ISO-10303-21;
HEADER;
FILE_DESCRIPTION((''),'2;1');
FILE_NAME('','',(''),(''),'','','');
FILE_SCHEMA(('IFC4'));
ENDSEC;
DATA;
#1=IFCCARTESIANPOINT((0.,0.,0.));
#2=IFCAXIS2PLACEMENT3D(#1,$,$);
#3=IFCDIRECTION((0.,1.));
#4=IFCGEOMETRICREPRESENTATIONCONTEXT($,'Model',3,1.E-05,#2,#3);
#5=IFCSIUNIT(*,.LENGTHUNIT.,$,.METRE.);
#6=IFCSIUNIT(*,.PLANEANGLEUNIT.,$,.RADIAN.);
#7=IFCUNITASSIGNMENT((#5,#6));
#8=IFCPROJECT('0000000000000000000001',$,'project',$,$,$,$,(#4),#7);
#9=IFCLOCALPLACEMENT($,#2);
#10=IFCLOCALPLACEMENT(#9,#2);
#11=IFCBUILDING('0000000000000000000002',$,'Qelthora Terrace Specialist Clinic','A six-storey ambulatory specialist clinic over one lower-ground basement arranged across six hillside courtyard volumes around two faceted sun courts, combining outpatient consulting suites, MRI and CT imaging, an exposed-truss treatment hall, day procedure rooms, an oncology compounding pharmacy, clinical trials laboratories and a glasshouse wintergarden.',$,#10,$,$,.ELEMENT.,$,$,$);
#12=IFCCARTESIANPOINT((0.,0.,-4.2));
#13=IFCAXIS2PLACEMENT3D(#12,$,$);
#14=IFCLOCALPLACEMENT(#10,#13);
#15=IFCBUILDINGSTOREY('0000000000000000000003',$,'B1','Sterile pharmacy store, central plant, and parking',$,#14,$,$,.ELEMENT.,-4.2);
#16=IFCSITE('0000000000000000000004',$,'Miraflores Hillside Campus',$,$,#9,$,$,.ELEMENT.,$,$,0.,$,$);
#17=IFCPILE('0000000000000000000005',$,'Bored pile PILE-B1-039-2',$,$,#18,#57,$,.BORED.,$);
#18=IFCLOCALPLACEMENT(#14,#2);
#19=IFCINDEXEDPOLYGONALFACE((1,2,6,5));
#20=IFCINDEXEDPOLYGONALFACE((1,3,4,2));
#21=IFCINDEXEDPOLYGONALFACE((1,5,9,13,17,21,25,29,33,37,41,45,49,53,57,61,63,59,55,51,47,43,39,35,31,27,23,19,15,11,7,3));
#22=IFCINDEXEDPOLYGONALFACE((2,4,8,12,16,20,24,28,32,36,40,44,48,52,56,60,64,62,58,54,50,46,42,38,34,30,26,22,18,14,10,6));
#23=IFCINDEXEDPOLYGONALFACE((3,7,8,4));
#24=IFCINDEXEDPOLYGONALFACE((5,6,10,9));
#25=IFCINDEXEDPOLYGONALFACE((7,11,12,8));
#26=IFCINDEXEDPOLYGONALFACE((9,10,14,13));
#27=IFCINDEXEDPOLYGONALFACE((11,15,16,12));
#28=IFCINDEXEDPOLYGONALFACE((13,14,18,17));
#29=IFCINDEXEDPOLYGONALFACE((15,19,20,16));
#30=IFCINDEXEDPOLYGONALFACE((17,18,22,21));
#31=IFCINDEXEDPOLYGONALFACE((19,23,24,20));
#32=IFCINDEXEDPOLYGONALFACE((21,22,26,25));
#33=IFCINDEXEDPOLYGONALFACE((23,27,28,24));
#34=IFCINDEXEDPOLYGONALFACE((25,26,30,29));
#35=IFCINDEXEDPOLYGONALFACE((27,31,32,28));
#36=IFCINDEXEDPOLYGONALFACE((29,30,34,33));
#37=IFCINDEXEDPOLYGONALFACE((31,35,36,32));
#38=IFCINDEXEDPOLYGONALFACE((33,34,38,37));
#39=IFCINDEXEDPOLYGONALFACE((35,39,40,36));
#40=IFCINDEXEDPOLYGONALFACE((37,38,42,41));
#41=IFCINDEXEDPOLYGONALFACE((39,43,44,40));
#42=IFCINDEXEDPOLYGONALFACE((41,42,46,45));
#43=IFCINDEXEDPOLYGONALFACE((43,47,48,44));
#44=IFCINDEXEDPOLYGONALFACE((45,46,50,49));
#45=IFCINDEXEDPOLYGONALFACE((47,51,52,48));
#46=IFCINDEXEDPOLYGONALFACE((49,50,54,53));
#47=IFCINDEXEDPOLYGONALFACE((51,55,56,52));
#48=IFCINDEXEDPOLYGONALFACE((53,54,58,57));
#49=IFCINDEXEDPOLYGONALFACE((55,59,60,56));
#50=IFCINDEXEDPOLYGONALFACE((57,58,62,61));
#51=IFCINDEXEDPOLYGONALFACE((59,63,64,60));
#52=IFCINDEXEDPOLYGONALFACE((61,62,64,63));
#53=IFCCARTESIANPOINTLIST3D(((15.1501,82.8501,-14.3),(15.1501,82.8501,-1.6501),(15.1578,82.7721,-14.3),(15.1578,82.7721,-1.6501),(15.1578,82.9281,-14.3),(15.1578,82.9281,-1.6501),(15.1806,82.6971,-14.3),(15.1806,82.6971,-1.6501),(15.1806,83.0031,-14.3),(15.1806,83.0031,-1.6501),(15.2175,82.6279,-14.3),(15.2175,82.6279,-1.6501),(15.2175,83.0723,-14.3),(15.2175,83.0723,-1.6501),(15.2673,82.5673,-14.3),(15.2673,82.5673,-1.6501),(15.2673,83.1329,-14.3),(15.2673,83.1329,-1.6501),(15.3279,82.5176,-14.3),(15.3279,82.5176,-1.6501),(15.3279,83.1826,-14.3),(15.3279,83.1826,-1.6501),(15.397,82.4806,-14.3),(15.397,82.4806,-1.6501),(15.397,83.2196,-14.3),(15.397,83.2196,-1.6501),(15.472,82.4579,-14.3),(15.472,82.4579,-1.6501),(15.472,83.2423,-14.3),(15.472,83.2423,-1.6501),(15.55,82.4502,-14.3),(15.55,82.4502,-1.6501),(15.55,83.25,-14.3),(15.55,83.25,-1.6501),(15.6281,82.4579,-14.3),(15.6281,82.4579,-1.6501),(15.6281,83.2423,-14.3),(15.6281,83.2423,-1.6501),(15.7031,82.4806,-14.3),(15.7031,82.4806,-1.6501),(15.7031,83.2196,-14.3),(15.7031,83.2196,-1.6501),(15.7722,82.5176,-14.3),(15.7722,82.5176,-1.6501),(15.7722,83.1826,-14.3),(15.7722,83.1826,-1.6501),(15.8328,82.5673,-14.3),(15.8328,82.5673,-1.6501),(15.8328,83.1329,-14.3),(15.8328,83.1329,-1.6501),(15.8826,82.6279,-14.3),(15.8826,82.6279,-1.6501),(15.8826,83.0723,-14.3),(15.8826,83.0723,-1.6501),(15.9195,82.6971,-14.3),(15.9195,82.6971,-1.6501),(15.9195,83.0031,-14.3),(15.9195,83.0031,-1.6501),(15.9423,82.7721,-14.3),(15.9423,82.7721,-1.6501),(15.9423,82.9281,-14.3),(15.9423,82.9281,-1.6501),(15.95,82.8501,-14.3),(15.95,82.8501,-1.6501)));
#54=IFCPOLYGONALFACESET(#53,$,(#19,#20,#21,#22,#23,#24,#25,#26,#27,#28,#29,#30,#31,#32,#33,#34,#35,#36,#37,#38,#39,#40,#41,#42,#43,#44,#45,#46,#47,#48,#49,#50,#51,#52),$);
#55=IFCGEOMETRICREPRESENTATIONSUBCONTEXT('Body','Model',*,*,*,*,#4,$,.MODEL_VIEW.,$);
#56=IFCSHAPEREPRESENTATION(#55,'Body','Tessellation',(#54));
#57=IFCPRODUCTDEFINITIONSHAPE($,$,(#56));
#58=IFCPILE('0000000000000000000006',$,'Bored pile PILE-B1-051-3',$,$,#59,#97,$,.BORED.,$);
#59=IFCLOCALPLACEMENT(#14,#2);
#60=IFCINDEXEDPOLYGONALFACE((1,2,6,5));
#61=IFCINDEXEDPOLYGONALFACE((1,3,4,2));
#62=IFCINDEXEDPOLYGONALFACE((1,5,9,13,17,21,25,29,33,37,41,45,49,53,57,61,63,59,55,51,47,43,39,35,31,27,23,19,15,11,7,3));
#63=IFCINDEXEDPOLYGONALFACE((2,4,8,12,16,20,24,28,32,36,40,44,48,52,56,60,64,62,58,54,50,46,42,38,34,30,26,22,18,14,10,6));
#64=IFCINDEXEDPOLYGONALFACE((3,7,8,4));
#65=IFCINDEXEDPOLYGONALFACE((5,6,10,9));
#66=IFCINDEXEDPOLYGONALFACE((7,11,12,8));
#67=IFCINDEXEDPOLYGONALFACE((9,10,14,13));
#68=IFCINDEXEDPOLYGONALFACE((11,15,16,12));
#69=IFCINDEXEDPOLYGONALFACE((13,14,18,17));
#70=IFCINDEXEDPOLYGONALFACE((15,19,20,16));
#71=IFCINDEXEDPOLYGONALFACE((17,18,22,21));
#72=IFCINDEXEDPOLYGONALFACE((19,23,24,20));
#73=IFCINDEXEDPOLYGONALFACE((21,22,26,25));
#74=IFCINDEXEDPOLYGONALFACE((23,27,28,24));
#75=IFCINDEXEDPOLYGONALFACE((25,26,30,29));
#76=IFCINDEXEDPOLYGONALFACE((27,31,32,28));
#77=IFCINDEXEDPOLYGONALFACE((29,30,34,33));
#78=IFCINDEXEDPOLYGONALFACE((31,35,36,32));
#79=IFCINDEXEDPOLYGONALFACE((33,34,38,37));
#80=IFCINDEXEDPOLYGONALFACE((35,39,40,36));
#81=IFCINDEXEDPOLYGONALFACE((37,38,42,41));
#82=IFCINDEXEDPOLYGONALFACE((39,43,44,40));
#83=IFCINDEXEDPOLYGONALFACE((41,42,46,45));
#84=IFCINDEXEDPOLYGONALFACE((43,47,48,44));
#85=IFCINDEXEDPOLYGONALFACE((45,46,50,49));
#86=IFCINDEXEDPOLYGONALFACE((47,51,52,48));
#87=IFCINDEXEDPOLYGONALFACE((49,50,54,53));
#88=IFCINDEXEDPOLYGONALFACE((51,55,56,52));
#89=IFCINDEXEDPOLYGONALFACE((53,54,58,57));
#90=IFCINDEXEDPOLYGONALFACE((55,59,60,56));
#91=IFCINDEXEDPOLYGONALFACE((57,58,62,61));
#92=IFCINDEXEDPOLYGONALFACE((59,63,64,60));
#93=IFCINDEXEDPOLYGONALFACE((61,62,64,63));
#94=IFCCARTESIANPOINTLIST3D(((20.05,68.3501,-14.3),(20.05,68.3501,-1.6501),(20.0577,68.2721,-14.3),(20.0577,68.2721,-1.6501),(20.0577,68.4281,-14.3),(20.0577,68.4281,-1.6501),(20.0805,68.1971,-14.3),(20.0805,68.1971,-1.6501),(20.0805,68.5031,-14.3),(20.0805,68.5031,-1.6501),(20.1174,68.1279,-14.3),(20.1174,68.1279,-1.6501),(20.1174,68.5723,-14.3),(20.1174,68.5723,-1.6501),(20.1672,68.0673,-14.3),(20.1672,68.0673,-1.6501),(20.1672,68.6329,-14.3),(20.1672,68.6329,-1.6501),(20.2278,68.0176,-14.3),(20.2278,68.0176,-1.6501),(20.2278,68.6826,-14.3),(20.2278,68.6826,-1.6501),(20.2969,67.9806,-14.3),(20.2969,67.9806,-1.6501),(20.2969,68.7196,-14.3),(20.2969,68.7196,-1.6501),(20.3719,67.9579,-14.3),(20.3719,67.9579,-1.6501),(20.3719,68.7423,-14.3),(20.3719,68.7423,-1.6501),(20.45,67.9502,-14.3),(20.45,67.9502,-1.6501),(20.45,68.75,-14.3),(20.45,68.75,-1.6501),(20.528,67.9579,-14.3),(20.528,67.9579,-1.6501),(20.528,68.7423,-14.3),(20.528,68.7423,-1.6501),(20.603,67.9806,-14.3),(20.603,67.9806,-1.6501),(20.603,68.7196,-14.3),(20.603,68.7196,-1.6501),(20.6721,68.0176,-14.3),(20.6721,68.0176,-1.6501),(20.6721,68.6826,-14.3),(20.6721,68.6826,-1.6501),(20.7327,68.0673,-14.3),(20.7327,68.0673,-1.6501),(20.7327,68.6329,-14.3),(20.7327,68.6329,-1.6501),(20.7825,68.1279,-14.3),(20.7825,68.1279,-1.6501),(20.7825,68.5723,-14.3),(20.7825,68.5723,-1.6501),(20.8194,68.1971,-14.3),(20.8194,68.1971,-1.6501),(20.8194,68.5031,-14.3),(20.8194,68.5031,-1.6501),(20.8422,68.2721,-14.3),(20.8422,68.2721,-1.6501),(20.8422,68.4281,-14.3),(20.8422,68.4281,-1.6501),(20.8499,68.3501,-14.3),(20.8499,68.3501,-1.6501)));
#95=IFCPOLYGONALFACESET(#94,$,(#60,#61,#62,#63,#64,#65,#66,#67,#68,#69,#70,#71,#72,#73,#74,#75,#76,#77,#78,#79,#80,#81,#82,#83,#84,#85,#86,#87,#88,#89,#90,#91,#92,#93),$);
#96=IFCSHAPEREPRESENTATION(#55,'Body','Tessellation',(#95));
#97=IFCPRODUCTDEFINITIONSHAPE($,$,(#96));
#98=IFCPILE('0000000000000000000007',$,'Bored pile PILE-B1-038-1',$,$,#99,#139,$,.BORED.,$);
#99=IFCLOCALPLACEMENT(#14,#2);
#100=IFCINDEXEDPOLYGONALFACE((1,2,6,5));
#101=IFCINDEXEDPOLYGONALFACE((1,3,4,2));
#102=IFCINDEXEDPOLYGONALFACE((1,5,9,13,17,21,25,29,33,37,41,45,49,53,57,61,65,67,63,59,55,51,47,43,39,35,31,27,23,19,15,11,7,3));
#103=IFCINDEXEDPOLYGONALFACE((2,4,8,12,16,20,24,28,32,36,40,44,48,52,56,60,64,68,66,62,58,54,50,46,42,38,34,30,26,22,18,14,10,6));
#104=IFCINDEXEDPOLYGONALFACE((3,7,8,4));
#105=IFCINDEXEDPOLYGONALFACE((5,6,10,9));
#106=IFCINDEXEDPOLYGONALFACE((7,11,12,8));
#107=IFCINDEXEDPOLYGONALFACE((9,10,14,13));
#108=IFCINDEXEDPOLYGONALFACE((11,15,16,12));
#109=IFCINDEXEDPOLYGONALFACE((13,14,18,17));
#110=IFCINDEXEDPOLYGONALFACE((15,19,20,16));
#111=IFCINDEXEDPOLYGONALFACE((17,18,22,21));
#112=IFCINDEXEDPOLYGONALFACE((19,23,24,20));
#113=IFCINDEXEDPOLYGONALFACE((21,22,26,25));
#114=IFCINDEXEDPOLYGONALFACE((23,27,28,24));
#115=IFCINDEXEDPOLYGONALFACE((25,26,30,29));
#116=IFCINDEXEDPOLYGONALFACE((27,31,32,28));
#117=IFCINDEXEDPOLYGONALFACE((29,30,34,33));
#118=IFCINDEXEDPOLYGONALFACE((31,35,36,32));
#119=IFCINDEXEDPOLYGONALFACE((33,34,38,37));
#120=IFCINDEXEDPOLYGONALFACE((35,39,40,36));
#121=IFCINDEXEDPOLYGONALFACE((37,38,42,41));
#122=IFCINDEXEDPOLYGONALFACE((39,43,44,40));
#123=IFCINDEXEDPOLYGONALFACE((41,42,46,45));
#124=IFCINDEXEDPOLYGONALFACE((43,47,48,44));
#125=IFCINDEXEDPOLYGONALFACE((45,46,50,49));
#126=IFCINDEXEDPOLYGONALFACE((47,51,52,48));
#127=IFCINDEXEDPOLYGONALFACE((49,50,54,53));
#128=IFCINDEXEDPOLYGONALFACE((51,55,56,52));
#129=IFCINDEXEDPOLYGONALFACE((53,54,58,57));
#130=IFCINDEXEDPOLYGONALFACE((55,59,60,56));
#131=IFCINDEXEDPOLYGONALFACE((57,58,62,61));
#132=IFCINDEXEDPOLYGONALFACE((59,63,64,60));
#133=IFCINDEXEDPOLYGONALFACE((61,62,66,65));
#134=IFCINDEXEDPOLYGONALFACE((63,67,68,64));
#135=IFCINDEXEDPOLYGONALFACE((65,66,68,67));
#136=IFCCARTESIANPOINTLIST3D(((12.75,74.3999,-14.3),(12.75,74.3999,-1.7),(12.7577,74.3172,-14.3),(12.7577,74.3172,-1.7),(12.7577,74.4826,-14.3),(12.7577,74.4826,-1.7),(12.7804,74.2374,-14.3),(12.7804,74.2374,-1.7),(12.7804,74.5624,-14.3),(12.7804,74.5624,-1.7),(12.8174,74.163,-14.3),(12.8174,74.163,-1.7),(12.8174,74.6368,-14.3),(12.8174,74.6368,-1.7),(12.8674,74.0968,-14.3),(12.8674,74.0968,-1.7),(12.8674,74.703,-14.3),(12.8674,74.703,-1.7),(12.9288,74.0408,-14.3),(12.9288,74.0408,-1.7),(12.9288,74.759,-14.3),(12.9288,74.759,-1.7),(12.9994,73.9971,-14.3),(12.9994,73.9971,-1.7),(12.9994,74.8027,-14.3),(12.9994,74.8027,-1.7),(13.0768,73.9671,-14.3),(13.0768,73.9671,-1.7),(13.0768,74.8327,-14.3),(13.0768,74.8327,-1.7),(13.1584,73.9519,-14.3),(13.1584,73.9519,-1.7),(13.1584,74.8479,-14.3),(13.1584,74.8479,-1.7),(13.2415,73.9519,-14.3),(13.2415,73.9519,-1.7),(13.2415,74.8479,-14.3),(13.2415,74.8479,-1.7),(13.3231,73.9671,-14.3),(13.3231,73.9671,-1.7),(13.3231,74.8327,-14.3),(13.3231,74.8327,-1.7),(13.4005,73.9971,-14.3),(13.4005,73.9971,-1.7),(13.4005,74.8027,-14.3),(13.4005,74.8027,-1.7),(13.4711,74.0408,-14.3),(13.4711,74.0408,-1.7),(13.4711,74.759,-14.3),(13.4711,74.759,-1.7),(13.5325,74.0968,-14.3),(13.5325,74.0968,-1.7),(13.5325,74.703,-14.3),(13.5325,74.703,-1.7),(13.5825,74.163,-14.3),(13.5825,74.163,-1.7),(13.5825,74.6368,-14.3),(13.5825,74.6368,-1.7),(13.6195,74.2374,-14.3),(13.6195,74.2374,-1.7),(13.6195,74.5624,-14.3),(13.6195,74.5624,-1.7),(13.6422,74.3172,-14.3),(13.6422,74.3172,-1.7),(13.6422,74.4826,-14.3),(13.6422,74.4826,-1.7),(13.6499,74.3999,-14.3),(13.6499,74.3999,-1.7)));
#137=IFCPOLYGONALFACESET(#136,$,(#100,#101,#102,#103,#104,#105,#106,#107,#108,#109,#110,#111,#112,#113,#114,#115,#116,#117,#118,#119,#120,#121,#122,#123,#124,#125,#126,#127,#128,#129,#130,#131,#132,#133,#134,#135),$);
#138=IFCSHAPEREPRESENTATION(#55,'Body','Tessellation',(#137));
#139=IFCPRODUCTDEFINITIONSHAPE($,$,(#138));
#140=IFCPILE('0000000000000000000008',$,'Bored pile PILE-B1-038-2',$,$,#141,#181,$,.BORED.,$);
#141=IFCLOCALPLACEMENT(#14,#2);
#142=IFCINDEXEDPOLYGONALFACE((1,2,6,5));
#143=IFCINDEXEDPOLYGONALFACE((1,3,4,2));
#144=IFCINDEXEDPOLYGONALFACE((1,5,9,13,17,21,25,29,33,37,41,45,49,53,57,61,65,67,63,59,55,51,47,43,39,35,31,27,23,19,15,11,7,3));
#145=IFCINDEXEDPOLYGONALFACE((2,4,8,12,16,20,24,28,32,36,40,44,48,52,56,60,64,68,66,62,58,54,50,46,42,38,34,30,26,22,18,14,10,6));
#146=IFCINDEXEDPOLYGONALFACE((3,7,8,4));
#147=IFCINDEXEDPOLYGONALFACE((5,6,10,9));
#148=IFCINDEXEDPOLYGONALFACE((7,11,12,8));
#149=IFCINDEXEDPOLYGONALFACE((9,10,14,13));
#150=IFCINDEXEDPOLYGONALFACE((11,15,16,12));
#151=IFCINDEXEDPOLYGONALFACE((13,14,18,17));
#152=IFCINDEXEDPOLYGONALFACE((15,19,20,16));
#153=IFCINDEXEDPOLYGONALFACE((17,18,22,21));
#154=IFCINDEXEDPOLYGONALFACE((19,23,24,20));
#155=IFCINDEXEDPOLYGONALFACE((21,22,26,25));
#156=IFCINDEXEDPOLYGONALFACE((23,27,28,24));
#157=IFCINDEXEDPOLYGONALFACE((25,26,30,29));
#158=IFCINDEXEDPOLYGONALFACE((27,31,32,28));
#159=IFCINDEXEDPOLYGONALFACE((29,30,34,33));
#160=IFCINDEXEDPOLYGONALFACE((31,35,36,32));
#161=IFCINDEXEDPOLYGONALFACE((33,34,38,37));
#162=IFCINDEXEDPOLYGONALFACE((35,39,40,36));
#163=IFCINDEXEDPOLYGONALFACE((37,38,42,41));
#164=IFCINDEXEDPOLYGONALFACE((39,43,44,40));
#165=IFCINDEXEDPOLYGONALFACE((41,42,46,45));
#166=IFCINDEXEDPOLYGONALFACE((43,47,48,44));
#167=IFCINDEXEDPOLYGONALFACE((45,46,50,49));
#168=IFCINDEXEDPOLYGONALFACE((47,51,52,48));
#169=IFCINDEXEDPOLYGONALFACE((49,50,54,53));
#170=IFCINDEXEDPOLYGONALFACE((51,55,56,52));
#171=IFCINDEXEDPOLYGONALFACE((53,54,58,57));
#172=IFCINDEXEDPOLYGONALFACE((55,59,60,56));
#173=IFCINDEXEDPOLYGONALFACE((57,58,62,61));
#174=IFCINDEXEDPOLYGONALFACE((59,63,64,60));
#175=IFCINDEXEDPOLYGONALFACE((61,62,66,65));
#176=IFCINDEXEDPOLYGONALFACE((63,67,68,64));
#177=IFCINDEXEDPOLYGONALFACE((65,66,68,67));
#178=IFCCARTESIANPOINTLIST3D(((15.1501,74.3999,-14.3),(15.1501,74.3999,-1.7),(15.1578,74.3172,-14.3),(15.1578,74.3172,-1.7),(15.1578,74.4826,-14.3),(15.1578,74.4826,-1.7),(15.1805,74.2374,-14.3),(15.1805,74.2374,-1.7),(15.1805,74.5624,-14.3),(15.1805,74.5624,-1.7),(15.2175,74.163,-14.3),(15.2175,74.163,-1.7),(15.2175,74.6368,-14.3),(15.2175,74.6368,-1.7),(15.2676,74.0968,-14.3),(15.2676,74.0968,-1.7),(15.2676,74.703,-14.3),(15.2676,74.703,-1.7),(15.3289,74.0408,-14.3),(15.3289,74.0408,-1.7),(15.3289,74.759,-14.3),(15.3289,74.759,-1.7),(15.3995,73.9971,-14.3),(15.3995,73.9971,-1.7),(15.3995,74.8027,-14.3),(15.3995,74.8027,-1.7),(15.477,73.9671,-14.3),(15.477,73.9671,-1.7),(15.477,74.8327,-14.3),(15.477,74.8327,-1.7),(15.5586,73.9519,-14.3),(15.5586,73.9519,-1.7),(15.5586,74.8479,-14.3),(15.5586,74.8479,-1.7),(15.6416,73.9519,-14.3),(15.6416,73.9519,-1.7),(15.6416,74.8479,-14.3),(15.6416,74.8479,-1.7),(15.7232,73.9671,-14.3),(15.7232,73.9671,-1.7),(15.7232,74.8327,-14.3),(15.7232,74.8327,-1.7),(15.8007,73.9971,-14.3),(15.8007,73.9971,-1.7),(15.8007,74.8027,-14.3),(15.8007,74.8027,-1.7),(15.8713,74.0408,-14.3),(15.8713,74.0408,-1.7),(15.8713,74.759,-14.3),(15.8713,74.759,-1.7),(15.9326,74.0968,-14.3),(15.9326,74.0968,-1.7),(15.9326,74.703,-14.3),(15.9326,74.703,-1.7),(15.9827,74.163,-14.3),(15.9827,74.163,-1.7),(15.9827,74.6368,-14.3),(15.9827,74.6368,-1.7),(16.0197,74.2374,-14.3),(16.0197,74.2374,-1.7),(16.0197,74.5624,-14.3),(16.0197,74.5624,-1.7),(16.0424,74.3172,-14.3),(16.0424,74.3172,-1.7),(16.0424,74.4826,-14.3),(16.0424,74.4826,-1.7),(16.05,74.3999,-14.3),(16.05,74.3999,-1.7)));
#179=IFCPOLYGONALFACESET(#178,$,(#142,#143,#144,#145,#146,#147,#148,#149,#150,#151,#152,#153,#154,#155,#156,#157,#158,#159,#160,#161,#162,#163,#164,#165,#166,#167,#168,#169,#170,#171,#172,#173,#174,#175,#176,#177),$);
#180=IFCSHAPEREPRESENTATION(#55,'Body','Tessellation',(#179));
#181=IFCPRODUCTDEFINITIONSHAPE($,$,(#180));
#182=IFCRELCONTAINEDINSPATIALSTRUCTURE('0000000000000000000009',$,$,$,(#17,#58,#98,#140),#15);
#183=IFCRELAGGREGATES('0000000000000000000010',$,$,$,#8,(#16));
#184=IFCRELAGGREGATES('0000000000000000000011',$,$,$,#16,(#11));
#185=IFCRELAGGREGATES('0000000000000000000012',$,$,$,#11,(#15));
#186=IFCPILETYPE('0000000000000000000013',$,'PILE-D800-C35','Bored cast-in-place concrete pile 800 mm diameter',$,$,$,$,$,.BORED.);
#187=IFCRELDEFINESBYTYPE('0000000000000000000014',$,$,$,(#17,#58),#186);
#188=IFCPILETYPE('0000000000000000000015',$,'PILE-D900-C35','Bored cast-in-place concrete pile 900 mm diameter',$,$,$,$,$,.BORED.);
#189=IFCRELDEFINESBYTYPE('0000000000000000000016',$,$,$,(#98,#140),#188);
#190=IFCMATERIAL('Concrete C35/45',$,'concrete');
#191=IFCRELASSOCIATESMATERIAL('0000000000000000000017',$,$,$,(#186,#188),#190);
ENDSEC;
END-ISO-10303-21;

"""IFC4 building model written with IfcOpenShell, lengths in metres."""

from ifc_helpers import new_model, si_unit, direction, frame, origin, origin_2d, place, context, subcontext, project, spatial, circle, extrude, material, material_profile, profile_set, type_object, element, save


model = new_model("IFC4")

# Units and contexts
model_context = context("Model", 3, precision=1e-05, world=origin(), true_north=direction((0.0, 1.0)))
body_context = subcontext(model_context, "Body", "Model", "MODEL_VIEW")
ifc_project = project(units=[si_unit("LENGTHUNIT", "METRE"), si_unit("PLANEANGLEUNIT", "RADIAN")], contexts=[model_context])

# Site, building, storey
site_placement = place(None, origin())
site = spatial("IfcSite", under=ifc_project, at=site_placement, Name="Miraflores Hillside Campus", CompositionType="ELEMENT", RefElevation=0.0)
building_placement = place(site_placement, origin())
building = spatial("IfcBuilding", under=site, at=building_placement, Name="Qelthora Terrace Specialist Clinic", Description="A six-storey ambulatory specialist clinic over one lower-ground basement arranged across six hillside courtyard volumes around two faceted sun courts, combining outpatient consulting suites, MRI and CT imaging, an exposed-truss treatment hall, day procedure rooms, an oncology compounding pharmacy, clinical trials laboratories and a glasshouse wintergarden.", CompositionType="ELEMENT")
storey_placement = place(building_placement, frame((0.0, 0.0, -4.2)))
storey = spatial("IfcBuildingStorey", under=building, at=storey_placement, Name="B1", Description="Sterile pharmacy store, central plant, and parking", CompositionType="ELEMENT", Elevation=-4.2)

# Shared definitions
ifc_material_1 = material(Name="Concrete C35/45", Category="concrete")

# Piles
ifc_material_profile_1 = material_profile(ifc_material_1, circle(Radius=0.3999, at=origin_2d()), Name="PILE800")
ifc_profile_set_1 = profile_set([ifc_material_profile_1], Name="Concrete C35/45")
pile_type_1 = type_object("IfcPileType", Name="PILE-D800-C35", Description="Bored cast-in-place concrete pile 800 mm diameter", PredefinedType="BORED", material=ifc_profile_set_1)
for number, where, z_axis, x_axis, name in (
    (1, (15.55, 82.8501, -1.6501), (0.0, 0.0, -1.0), (1.0, 0.0, 0.0), "Bored pile PILE-B1-039-2"),
    (2, (20.45, 68.3501, -1.6501), (0.0, 0.0, -1.0), (1.0, 0.0, 0.0), "Bored pile PILE-B1-051-3"),
):
    element("IfcPile", number, at=place(storey_placement, frame(where, z_axis=z_axis, x_axis=x_axis)), inside=storey, type_object=pile_type_1, Name=name, PredefinedType="BORED", context=body_context, shape_type="SweptSolid", body=[
        extrude(circle(Radius=0.3999, at=origin_2d()), origin(), (0.0, 0.0, 1.0), 12.6499),
    ])
ifc_material_profile_2 = material_profile(ifc_material_1, circle(Radius=0.45, at=origin_2d()), Name="PILE900")
ifc_profile_set_2 = profile_set([ifc_material_profile_2], Name="Concrete C35/45")
pile_type_2 = type_object("IfcPileType", Name="PILE-D900-C35", Description="Bored cast-in-place concrete pile 900 mm diameter", PredefinedType="BORED", material=ifc_profile_set_2)
for number, where, z_axis, x_axis, name in (
    (3, (13.2, 74.3999, -1.7), (0.0, 0.0, -1.0), (1.0, 0.0, 0.0), "Bored pile PILE-B1-038-1"),
    (4, (15.6001, 74.3999, -1.7), (0.0, 0.0, -1.0), (1.0, 0.0, 0.0), "Bored pile PILE-B1-038-2"),
):
    element("IfcPile", number, at=place(storey_placement, frame(where, z_axis=z_axis, x_axis=x_axis)), inside=storey, type_object=pile_type_2, Name=name, PredefinedType="BORED", context=body_context, shape_type="SweptSolid", body=[
        extrude(circle(Radius=0.45, at=origin_2d()), origin(), (0.0, 0.0, 1.0), 12.6001),
    ])

save(model, "model.ifc")
